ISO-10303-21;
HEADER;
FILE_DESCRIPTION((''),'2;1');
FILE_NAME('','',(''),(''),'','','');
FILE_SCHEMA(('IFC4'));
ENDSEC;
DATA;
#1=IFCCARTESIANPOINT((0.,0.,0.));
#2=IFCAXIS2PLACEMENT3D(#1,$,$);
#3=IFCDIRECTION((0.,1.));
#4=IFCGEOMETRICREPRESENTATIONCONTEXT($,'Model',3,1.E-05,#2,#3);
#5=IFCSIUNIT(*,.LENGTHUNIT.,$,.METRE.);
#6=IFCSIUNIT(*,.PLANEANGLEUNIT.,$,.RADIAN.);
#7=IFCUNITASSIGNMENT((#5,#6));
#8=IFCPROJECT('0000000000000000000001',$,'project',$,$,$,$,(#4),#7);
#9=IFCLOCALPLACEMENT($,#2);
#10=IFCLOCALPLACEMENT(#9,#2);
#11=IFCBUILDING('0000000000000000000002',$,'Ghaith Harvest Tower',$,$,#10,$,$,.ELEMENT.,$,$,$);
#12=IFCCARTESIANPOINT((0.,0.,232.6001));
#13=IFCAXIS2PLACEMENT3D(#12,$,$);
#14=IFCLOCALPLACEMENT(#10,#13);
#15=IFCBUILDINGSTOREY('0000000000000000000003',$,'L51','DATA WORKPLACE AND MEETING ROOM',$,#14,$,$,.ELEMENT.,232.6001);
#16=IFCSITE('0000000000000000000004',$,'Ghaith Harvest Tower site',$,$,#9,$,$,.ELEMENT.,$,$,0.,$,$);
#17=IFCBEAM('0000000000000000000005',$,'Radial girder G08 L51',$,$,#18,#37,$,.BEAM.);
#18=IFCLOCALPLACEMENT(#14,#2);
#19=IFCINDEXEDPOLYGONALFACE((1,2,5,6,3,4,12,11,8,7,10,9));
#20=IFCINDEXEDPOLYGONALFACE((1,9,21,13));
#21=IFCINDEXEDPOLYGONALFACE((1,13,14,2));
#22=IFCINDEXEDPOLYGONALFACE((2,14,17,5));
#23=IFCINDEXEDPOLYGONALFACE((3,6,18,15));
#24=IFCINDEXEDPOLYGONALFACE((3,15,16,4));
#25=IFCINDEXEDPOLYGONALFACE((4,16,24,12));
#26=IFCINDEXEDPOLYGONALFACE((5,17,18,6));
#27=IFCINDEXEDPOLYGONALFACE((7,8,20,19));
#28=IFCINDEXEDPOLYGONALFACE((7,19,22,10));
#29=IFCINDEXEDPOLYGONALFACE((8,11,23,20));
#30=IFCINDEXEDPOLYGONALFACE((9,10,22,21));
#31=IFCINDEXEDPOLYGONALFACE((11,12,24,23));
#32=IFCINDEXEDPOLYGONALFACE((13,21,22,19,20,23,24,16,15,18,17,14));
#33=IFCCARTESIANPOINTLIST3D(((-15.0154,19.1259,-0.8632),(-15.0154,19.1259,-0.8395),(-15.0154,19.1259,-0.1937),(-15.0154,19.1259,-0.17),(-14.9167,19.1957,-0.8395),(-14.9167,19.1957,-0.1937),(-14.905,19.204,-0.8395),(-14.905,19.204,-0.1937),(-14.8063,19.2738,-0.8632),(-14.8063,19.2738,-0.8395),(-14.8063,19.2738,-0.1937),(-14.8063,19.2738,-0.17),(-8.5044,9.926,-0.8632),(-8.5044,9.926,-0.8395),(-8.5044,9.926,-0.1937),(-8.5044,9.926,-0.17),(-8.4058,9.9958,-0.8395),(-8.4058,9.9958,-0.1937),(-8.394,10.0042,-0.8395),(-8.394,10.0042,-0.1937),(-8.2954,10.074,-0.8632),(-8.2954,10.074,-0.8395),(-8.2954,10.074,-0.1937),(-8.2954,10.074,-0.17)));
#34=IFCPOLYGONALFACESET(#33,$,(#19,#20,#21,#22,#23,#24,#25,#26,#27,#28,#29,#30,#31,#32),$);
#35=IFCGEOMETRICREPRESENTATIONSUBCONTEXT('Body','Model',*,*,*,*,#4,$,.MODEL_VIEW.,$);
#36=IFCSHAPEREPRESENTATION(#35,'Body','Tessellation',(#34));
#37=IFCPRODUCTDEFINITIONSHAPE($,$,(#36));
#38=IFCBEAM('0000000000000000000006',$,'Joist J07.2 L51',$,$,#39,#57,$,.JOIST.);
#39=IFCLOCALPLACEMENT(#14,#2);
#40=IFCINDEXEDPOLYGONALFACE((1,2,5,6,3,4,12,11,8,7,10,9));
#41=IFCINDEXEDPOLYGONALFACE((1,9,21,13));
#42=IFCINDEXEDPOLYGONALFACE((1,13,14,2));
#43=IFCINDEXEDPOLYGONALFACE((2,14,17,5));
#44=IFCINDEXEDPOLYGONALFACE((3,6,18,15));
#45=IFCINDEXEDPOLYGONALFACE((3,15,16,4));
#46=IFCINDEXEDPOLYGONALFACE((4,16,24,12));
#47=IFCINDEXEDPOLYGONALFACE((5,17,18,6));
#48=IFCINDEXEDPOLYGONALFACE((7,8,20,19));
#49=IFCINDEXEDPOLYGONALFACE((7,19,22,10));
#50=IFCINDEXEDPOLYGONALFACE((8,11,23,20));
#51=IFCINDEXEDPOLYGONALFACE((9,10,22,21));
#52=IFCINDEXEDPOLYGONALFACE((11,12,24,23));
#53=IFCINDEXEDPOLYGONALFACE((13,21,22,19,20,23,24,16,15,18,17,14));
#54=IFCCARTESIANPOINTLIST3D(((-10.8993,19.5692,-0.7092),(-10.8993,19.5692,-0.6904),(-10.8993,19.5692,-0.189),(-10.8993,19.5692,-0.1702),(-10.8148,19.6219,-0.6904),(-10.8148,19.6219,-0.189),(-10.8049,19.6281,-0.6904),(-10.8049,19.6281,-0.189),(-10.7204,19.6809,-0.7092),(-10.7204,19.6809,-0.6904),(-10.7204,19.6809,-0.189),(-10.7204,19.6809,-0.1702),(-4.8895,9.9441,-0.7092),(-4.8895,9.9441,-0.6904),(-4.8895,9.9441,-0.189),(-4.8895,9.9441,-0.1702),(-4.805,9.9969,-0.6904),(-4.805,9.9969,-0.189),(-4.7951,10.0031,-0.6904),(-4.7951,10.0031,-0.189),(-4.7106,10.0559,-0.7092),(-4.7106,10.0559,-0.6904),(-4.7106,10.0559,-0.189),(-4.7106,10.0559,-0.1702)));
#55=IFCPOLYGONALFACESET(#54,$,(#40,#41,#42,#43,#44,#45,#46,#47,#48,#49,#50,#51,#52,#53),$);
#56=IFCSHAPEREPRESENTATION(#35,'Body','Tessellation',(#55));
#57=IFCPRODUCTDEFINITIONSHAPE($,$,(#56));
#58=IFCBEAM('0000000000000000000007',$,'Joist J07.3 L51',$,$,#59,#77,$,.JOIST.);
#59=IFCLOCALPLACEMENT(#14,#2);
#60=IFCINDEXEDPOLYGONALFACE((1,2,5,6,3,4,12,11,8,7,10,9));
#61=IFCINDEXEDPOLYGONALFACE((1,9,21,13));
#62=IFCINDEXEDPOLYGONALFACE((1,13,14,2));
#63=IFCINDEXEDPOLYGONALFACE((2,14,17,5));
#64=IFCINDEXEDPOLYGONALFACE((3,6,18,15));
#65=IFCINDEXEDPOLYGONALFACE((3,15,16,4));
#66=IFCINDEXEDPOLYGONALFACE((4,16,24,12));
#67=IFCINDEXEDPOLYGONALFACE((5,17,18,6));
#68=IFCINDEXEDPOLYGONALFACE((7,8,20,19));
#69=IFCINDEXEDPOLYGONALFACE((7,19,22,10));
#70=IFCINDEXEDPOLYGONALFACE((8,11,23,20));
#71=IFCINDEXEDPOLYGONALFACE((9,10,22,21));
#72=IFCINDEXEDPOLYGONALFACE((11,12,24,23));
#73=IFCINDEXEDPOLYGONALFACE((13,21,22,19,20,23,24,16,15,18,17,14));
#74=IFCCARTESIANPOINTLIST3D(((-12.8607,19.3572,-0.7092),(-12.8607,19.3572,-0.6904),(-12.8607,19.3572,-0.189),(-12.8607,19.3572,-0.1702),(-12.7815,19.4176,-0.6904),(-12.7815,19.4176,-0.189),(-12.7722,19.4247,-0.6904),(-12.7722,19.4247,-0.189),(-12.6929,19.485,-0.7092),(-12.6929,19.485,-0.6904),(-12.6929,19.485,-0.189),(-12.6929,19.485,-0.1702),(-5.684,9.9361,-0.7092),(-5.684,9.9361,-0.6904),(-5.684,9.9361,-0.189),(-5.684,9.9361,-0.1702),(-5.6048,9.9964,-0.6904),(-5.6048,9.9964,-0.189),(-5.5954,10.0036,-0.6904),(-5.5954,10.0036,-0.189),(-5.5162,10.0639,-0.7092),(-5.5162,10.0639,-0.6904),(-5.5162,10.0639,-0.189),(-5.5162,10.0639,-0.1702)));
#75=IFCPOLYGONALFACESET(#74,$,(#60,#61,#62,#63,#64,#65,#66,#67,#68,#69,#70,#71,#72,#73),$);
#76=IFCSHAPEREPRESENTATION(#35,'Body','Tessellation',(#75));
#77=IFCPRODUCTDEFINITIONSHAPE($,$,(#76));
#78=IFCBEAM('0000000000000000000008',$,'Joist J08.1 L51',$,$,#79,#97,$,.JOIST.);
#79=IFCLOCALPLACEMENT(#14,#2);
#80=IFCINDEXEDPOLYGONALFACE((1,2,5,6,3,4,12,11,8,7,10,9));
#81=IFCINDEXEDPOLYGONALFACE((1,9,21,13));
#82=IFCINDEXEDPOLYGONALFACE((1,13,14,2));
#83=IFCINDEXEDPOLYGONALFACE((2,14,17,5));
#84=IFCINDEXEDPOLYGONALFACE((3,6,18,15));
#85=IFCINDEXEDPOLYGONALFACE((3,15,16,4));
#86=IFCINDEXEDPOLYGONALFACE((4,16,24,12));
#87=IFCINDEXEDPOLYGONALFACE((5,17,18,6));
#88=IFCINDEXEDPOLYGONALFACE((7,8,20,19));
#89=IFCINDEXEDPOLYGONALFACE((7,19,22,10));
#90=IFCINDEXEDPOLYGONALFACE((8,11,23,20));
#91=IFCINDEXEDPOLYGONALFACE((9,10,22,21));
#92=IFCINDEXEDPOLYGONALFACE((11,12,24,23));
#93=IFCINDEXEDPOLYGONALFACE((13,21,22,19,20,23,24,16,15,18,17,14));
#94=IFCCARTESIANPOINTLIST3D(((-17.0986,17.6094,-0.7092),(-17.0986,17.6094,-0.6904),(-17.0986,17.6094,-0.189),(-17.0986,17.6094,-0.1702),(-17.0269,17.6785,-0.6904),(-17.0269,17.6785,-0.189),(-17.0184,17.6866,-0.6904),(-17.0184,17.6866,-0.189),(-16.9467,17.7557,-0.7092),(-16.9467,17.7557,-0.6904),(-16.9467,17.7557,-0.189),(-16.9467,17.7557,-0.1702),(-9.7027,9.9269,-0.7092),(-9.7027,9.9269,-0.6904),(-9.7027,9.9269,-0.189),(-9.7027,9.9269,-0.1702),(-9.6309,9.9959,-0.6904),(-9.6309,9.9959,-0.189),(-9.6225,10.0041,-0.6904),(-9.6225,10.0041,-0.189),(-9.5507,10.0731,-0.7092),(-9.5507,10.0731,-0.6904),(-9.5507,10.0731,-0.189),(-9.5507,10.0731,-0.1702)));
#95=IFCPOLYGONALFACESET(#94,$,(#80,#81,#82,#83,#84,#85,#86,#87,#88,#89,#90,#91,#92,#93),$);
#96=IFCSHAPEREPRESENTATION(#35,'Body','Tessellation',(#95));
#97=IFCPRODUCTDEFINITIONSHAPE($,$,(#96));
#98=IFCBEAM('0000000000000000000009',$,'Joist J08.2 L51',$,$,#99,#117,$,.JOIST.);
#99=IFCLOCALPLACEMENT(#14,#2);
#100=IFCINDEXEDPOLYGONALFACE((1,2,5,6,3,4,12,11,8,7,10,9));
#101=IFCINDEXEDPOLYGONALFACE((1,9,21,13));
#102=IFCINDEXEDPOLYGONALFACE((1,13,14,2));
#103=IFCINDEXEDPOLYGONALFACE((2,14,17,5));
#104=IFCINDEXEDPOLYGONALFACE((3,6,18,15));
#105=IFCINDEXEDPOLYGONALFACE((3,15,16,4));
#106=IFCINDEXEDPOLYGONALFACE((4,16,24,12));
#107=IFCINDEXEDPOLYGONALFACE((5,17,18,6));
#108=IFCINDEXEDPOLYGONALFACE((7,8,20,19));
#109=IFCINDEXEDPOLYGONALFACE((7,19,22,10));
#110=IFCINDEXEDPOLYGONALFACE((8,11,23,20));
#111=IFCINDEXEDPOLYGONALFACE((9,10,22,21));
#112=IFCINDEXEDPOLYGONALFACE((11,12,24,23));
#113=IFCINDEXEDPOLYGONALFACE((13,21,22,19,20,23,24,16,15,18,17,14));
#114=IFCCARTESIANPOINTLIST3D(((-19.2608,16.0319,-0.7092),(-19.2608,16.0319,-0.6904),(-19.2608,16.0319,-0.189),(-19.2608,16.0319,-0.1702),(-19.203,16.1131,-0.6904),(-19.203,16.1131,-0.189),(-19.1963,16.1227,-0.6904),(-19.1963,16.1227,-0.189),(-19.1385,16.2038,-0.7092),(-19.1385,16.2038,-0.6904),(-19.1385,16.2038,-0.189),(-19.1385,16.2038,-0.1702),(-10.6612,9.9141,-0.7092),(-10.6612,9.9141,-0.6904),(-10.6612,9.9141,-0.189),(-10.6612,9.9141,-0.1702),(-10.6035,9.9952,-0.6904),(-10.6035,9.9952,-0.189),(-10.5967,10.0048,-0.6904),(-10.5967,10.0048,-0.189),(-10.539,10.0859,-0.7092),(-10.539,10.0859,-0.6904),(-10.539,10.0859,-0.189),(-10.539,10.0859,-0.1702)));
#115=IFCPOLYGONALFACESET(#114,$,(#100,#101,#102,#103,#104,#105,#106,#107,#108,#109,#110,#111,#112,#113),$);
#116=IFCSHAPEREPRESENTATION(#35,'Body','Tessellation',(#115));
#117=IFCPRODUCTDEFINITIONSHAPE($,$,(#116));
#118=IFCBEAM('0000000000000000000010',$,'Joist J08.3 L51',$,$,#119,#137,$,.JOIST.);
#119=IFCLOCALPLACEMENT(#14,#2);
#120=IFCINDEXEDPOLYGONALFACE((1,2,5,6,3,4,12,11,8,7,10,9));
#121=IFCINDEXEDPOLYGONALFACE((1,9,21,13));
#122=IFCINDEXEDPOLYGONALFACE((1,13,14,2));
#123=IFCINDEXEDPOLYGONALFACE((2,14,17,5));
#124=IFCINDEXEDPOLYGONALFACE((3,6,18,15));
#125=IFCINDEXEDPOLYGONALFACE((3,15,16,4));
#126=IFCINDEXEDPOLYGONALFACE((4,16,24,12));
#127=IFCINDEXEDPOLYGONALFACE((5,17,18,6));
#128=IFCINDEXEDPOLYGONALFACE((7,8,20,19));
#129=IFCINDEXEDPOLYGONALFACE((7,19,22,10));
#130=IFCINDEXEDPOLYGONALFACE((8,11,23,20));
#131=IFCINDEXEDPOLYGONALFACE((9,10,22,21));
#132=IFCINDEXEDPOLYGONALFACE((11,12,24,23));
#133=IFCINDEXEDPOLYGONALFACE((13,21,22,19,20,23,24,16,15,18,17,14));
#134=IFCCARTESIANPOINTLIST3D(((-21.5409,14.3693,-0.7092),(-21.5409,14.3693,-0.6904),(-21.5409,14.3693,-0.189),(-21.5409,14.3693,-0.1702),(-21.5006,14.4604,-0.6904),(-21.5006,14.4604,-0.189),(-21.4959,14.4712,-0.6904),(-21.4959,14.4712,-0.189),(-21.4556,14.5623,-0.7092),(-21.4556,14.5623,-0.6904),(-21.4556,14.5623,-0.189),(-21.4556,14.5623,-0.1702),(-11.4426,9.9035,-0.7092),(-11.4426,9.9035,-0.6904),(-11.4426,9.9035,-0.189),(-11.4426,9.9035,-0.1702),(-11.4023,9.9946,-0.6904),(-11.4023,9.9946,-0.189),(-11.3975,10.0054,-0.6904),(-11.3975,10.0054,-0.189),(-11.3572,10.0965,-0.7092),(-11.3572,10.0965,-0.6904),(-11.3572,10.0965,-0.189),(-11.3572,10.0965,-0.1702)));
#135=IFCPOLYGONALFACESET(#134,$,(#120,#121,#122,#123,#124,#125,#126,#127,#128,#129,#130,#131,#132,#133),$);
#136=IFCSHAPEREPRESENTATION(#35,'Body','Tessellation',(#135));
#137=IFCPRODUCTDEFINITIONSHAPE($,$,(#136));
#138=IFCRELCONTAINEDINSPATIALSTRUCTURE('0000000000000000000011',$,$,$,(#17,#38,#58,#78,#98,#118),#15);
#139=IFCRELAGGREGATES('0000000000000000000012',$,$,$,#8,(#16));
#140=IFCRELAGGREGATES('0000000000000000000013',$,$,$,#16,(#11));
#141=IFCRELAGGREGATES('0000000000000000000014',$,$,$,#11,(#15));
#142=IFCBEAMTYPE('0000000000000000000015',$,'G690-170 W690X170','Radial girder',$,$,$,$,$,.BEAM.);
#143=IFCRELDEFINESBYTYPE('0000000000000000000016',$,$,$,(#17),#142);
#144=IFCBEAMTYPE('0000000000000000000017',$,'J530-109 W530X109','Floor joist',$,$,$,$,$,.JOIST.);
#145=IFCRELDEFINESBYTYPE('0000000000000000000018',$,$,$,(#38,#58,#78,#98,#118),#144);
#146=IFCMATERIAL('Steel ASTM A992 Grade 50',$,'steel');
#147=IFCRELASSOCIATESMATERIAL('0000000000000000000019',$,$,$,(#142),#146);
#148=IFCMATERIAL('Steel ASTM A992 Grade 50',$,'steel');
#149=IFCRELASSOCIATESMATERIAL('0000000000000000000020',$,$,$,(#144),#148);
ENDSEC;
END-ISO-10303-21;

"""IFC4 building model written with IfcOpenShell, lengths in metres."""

from ifc_helpers import new_model, si_unit, direction, frame, origin, origin_2d, place, context, subcontext, project, spatial, i_section, extrude, material, material_profile, profile_set, type_object, element, save


model = new_model("IFC4")

# Units and contexts
model_context = context("Model", 3, precision=1e-05, world=origin(), true_north=direction((0.0, 1.0)))
body_context = subcontext(model_context, "Body", "Model", "MODEL_VIEW")
ifc_project = project(units=[si_unit("LENGTHUNIT", "METRE"), si_unit("PLANEANGLEUNIT", "RADIAN")], contexts=[model_context])

# Site, building, storey
site_placement = place(None, origin())
site = spatial("IfcSite", under=ifc_project, at=site_placement, Name="Ghaith Harvest Tower site", CompositionType="ELEMENT", RefElevation=0.0)
building_placement = place(site_placement, origin())
building = spatial("IfcBuilding", under=site, at=building_placement, Name="Ghaith Harvest Tower", CompositionType="ELEMENT")
storey_placement = place(building_placement, frame((0.0, 0.0, 232.6001)))
storey = spatial("IfcBuildingStorey", under=building, at=storey_placement, Name="L51", Description="DATA WORKPLACE AND MEETING ROOM", CompositionType="ELEMENT", Elevation=232.6001)

# Beams
ifc_material_1 = material(Name="Steel ASTM A992 Grade 50", Category="steel")
ifc_material_profile_1 = material_profile(ifc_material_1, i_section(OverallWidth=0.2561, OverallDepth=0.6931, WebThickness=0.0144, FlangeThickness=0.0237, at=origin_2d()), Name="W690X170")
ifc_profile_set_1 = profile_set([ifc_material_profile_1], Name="Steel ASTM A992 Grade 50")
beam_type_1 = type_object("IfcBeamType", Name="G690-170 W690X170", Description="Radial girder", PredefinedType="BEAM", material=ifc_profile_set_1)
beam_1_placement = place(storey_placement, frame((-8.3999, 10.0, -0.5166), z_axis=(-0.577684, 0.816261, 0.0), x_axis=(-0.816261, -0.577684, 0.0)))
element("IfcBeam", 1, at=beam_1_placement, inside=storey, type_object=beam_type_1, Name="Radial girder G08 L51", PredefinedType="BEAM", context=body_context, shape_type="SweptSolid", body=[
    extrude(i_section(OverallWidth=0.2561, OverallDepth=0.6931, WebThickness=0.0144, FlangeThickness=0.0237, at=origin_2d()), origin(), (0.0, 0.0, 1.0), 11.2708),
])
ifc_material_2 = material(Name="Steel ASTM A992 Grade 50", Category="steel")
ifc_material_profile_2 = material_profile(ifc_material_2, i_section(OverallWidth=0.2109, OverallDepth=0.5391, WebThickness=0.0117, FlangeThickness=0.0188, at=origin_2d()), Name="W530X109")
ifc_profile_set_2 = profile_set([ifc_material_profile_2], Name="Steel ASTM A992 Grade 50")
beam_type_2 = type_object("IfcBeamType", Name="J530-109 W530X109", Description="Floor joist", PredefinedType="JOIST", material=ifc_profile_set_2)
beam_2_placement = place(storey_placement, frame((-4.8, 10.0, -0.4397), z_axis=(-0.529628, 0.84823, 0.0), x_axis=(-0.84823, -0.529628, 0.0)))
element("IfcBeam", 2, at=beam_2_placement, inside=storey, type_object=beam_type_2, Name="Joist J07.2 L51", PredefinedType="JOIST", context=body_context, shape_type="SweptSolid", body=[
    extrude(i_section(OverallWidth=0.2109, OverallDepth=0.5391, WebThickness=0.0117, FlangeThickness=0.0188, at=origin_2d()), origin(), (0.0, 0.0, 1.0), 11.3472),
])
beam_3_placement = place(storey_placement, frame((-5.6001, 10.0, -0.4397), z_axis=(-0.605976, 0.795483, 0.0), x_axis=(-0.795483, -0.605976, 0.0)))
element("IfcBeam", 3, at=beam_3_placement, inside=storey, type_object=beam_type_2, Name="Joist J07.3 L51", PredefinedType="JOIST", context=body_context, shape_type="SweptSolid", body=[
    extrude(i_section(OverallWidth=0.2109, OverallDepth=0.5391, WebThickness=0.0117, FlangeThickness=0.0188, at=origin_2d()), origin(), (0.0, 0.0, 1.0), 11.8433),
])
beam_4_placement = place(storey_placement, frame((-9.6267, 10.0, -0.4397), z_axis=(-0.69354, 0.720418, 0.0), x_axis=(-0.720418, -0.69354, 0.0)))
element("IfcBeam", 4, at=beam_4_placement, inside=storey, type_object=beam_type_2, Name="Joist J08.1 L51", PredefinedType="JOIST", context=body_context, shape_type="SweptSolid", body=[
    extrude(i_section(OverallWidth=0.2109, OverallDepth=0.5391, WebThickness=0.0117, FlangeThickness=0.0188, at=origin_2d()), origin(), (0.0, 0.0, 1.0), 10.6641),
])
beam_5_placement = place(storey_placement, frame((-10.6001, 10.0, -0.4397), z_axis=(-0.814837, 0.57969, 0.0), x_axis=(-0.57969, -0.814837, 0.0)))
element("IfcBeam", 5, at=beam_5_placement, inside=storey, type_object=beam_type_2, Name="Joist J08.2 L51", PredefinedType="JOIST", context=body_context, shape_type="SweptSolid", body=[
    extrude(i_section(OverallWidth=0.2109, OverallDepth=0.5391, WebThickness=0.0117, FlangeThickness=0.0188, at=origin_2d()), origin(), (0.0, 0.0, 1.0), 10.5537),
])
beam_6_placement = place(storey_placement, frame((-11.3999, 10.0, -0.4397), z_axis=(-0.914561, 0.404447, 0.0), x_axis=(-0.404447, -0.914561, 0.0)))
element("IfcBeam", 6, at=beam_6_placement, inside=storey, type_object=beam_type_2, Name="Joist J08.3 L51", PredefinedType="JOIST", context=body_context, shape_type="SweptSolid", body=[
    extrude(i_section(OverallWidth=0.2109, OverallDepth=0.5391, WebThickness=0.0117, FlangeThickness=0.0188, at=origin_2d()), origin(), (0.0, 0.0, 1.0), 11.0417),
])

save(model, "model.ifc")
